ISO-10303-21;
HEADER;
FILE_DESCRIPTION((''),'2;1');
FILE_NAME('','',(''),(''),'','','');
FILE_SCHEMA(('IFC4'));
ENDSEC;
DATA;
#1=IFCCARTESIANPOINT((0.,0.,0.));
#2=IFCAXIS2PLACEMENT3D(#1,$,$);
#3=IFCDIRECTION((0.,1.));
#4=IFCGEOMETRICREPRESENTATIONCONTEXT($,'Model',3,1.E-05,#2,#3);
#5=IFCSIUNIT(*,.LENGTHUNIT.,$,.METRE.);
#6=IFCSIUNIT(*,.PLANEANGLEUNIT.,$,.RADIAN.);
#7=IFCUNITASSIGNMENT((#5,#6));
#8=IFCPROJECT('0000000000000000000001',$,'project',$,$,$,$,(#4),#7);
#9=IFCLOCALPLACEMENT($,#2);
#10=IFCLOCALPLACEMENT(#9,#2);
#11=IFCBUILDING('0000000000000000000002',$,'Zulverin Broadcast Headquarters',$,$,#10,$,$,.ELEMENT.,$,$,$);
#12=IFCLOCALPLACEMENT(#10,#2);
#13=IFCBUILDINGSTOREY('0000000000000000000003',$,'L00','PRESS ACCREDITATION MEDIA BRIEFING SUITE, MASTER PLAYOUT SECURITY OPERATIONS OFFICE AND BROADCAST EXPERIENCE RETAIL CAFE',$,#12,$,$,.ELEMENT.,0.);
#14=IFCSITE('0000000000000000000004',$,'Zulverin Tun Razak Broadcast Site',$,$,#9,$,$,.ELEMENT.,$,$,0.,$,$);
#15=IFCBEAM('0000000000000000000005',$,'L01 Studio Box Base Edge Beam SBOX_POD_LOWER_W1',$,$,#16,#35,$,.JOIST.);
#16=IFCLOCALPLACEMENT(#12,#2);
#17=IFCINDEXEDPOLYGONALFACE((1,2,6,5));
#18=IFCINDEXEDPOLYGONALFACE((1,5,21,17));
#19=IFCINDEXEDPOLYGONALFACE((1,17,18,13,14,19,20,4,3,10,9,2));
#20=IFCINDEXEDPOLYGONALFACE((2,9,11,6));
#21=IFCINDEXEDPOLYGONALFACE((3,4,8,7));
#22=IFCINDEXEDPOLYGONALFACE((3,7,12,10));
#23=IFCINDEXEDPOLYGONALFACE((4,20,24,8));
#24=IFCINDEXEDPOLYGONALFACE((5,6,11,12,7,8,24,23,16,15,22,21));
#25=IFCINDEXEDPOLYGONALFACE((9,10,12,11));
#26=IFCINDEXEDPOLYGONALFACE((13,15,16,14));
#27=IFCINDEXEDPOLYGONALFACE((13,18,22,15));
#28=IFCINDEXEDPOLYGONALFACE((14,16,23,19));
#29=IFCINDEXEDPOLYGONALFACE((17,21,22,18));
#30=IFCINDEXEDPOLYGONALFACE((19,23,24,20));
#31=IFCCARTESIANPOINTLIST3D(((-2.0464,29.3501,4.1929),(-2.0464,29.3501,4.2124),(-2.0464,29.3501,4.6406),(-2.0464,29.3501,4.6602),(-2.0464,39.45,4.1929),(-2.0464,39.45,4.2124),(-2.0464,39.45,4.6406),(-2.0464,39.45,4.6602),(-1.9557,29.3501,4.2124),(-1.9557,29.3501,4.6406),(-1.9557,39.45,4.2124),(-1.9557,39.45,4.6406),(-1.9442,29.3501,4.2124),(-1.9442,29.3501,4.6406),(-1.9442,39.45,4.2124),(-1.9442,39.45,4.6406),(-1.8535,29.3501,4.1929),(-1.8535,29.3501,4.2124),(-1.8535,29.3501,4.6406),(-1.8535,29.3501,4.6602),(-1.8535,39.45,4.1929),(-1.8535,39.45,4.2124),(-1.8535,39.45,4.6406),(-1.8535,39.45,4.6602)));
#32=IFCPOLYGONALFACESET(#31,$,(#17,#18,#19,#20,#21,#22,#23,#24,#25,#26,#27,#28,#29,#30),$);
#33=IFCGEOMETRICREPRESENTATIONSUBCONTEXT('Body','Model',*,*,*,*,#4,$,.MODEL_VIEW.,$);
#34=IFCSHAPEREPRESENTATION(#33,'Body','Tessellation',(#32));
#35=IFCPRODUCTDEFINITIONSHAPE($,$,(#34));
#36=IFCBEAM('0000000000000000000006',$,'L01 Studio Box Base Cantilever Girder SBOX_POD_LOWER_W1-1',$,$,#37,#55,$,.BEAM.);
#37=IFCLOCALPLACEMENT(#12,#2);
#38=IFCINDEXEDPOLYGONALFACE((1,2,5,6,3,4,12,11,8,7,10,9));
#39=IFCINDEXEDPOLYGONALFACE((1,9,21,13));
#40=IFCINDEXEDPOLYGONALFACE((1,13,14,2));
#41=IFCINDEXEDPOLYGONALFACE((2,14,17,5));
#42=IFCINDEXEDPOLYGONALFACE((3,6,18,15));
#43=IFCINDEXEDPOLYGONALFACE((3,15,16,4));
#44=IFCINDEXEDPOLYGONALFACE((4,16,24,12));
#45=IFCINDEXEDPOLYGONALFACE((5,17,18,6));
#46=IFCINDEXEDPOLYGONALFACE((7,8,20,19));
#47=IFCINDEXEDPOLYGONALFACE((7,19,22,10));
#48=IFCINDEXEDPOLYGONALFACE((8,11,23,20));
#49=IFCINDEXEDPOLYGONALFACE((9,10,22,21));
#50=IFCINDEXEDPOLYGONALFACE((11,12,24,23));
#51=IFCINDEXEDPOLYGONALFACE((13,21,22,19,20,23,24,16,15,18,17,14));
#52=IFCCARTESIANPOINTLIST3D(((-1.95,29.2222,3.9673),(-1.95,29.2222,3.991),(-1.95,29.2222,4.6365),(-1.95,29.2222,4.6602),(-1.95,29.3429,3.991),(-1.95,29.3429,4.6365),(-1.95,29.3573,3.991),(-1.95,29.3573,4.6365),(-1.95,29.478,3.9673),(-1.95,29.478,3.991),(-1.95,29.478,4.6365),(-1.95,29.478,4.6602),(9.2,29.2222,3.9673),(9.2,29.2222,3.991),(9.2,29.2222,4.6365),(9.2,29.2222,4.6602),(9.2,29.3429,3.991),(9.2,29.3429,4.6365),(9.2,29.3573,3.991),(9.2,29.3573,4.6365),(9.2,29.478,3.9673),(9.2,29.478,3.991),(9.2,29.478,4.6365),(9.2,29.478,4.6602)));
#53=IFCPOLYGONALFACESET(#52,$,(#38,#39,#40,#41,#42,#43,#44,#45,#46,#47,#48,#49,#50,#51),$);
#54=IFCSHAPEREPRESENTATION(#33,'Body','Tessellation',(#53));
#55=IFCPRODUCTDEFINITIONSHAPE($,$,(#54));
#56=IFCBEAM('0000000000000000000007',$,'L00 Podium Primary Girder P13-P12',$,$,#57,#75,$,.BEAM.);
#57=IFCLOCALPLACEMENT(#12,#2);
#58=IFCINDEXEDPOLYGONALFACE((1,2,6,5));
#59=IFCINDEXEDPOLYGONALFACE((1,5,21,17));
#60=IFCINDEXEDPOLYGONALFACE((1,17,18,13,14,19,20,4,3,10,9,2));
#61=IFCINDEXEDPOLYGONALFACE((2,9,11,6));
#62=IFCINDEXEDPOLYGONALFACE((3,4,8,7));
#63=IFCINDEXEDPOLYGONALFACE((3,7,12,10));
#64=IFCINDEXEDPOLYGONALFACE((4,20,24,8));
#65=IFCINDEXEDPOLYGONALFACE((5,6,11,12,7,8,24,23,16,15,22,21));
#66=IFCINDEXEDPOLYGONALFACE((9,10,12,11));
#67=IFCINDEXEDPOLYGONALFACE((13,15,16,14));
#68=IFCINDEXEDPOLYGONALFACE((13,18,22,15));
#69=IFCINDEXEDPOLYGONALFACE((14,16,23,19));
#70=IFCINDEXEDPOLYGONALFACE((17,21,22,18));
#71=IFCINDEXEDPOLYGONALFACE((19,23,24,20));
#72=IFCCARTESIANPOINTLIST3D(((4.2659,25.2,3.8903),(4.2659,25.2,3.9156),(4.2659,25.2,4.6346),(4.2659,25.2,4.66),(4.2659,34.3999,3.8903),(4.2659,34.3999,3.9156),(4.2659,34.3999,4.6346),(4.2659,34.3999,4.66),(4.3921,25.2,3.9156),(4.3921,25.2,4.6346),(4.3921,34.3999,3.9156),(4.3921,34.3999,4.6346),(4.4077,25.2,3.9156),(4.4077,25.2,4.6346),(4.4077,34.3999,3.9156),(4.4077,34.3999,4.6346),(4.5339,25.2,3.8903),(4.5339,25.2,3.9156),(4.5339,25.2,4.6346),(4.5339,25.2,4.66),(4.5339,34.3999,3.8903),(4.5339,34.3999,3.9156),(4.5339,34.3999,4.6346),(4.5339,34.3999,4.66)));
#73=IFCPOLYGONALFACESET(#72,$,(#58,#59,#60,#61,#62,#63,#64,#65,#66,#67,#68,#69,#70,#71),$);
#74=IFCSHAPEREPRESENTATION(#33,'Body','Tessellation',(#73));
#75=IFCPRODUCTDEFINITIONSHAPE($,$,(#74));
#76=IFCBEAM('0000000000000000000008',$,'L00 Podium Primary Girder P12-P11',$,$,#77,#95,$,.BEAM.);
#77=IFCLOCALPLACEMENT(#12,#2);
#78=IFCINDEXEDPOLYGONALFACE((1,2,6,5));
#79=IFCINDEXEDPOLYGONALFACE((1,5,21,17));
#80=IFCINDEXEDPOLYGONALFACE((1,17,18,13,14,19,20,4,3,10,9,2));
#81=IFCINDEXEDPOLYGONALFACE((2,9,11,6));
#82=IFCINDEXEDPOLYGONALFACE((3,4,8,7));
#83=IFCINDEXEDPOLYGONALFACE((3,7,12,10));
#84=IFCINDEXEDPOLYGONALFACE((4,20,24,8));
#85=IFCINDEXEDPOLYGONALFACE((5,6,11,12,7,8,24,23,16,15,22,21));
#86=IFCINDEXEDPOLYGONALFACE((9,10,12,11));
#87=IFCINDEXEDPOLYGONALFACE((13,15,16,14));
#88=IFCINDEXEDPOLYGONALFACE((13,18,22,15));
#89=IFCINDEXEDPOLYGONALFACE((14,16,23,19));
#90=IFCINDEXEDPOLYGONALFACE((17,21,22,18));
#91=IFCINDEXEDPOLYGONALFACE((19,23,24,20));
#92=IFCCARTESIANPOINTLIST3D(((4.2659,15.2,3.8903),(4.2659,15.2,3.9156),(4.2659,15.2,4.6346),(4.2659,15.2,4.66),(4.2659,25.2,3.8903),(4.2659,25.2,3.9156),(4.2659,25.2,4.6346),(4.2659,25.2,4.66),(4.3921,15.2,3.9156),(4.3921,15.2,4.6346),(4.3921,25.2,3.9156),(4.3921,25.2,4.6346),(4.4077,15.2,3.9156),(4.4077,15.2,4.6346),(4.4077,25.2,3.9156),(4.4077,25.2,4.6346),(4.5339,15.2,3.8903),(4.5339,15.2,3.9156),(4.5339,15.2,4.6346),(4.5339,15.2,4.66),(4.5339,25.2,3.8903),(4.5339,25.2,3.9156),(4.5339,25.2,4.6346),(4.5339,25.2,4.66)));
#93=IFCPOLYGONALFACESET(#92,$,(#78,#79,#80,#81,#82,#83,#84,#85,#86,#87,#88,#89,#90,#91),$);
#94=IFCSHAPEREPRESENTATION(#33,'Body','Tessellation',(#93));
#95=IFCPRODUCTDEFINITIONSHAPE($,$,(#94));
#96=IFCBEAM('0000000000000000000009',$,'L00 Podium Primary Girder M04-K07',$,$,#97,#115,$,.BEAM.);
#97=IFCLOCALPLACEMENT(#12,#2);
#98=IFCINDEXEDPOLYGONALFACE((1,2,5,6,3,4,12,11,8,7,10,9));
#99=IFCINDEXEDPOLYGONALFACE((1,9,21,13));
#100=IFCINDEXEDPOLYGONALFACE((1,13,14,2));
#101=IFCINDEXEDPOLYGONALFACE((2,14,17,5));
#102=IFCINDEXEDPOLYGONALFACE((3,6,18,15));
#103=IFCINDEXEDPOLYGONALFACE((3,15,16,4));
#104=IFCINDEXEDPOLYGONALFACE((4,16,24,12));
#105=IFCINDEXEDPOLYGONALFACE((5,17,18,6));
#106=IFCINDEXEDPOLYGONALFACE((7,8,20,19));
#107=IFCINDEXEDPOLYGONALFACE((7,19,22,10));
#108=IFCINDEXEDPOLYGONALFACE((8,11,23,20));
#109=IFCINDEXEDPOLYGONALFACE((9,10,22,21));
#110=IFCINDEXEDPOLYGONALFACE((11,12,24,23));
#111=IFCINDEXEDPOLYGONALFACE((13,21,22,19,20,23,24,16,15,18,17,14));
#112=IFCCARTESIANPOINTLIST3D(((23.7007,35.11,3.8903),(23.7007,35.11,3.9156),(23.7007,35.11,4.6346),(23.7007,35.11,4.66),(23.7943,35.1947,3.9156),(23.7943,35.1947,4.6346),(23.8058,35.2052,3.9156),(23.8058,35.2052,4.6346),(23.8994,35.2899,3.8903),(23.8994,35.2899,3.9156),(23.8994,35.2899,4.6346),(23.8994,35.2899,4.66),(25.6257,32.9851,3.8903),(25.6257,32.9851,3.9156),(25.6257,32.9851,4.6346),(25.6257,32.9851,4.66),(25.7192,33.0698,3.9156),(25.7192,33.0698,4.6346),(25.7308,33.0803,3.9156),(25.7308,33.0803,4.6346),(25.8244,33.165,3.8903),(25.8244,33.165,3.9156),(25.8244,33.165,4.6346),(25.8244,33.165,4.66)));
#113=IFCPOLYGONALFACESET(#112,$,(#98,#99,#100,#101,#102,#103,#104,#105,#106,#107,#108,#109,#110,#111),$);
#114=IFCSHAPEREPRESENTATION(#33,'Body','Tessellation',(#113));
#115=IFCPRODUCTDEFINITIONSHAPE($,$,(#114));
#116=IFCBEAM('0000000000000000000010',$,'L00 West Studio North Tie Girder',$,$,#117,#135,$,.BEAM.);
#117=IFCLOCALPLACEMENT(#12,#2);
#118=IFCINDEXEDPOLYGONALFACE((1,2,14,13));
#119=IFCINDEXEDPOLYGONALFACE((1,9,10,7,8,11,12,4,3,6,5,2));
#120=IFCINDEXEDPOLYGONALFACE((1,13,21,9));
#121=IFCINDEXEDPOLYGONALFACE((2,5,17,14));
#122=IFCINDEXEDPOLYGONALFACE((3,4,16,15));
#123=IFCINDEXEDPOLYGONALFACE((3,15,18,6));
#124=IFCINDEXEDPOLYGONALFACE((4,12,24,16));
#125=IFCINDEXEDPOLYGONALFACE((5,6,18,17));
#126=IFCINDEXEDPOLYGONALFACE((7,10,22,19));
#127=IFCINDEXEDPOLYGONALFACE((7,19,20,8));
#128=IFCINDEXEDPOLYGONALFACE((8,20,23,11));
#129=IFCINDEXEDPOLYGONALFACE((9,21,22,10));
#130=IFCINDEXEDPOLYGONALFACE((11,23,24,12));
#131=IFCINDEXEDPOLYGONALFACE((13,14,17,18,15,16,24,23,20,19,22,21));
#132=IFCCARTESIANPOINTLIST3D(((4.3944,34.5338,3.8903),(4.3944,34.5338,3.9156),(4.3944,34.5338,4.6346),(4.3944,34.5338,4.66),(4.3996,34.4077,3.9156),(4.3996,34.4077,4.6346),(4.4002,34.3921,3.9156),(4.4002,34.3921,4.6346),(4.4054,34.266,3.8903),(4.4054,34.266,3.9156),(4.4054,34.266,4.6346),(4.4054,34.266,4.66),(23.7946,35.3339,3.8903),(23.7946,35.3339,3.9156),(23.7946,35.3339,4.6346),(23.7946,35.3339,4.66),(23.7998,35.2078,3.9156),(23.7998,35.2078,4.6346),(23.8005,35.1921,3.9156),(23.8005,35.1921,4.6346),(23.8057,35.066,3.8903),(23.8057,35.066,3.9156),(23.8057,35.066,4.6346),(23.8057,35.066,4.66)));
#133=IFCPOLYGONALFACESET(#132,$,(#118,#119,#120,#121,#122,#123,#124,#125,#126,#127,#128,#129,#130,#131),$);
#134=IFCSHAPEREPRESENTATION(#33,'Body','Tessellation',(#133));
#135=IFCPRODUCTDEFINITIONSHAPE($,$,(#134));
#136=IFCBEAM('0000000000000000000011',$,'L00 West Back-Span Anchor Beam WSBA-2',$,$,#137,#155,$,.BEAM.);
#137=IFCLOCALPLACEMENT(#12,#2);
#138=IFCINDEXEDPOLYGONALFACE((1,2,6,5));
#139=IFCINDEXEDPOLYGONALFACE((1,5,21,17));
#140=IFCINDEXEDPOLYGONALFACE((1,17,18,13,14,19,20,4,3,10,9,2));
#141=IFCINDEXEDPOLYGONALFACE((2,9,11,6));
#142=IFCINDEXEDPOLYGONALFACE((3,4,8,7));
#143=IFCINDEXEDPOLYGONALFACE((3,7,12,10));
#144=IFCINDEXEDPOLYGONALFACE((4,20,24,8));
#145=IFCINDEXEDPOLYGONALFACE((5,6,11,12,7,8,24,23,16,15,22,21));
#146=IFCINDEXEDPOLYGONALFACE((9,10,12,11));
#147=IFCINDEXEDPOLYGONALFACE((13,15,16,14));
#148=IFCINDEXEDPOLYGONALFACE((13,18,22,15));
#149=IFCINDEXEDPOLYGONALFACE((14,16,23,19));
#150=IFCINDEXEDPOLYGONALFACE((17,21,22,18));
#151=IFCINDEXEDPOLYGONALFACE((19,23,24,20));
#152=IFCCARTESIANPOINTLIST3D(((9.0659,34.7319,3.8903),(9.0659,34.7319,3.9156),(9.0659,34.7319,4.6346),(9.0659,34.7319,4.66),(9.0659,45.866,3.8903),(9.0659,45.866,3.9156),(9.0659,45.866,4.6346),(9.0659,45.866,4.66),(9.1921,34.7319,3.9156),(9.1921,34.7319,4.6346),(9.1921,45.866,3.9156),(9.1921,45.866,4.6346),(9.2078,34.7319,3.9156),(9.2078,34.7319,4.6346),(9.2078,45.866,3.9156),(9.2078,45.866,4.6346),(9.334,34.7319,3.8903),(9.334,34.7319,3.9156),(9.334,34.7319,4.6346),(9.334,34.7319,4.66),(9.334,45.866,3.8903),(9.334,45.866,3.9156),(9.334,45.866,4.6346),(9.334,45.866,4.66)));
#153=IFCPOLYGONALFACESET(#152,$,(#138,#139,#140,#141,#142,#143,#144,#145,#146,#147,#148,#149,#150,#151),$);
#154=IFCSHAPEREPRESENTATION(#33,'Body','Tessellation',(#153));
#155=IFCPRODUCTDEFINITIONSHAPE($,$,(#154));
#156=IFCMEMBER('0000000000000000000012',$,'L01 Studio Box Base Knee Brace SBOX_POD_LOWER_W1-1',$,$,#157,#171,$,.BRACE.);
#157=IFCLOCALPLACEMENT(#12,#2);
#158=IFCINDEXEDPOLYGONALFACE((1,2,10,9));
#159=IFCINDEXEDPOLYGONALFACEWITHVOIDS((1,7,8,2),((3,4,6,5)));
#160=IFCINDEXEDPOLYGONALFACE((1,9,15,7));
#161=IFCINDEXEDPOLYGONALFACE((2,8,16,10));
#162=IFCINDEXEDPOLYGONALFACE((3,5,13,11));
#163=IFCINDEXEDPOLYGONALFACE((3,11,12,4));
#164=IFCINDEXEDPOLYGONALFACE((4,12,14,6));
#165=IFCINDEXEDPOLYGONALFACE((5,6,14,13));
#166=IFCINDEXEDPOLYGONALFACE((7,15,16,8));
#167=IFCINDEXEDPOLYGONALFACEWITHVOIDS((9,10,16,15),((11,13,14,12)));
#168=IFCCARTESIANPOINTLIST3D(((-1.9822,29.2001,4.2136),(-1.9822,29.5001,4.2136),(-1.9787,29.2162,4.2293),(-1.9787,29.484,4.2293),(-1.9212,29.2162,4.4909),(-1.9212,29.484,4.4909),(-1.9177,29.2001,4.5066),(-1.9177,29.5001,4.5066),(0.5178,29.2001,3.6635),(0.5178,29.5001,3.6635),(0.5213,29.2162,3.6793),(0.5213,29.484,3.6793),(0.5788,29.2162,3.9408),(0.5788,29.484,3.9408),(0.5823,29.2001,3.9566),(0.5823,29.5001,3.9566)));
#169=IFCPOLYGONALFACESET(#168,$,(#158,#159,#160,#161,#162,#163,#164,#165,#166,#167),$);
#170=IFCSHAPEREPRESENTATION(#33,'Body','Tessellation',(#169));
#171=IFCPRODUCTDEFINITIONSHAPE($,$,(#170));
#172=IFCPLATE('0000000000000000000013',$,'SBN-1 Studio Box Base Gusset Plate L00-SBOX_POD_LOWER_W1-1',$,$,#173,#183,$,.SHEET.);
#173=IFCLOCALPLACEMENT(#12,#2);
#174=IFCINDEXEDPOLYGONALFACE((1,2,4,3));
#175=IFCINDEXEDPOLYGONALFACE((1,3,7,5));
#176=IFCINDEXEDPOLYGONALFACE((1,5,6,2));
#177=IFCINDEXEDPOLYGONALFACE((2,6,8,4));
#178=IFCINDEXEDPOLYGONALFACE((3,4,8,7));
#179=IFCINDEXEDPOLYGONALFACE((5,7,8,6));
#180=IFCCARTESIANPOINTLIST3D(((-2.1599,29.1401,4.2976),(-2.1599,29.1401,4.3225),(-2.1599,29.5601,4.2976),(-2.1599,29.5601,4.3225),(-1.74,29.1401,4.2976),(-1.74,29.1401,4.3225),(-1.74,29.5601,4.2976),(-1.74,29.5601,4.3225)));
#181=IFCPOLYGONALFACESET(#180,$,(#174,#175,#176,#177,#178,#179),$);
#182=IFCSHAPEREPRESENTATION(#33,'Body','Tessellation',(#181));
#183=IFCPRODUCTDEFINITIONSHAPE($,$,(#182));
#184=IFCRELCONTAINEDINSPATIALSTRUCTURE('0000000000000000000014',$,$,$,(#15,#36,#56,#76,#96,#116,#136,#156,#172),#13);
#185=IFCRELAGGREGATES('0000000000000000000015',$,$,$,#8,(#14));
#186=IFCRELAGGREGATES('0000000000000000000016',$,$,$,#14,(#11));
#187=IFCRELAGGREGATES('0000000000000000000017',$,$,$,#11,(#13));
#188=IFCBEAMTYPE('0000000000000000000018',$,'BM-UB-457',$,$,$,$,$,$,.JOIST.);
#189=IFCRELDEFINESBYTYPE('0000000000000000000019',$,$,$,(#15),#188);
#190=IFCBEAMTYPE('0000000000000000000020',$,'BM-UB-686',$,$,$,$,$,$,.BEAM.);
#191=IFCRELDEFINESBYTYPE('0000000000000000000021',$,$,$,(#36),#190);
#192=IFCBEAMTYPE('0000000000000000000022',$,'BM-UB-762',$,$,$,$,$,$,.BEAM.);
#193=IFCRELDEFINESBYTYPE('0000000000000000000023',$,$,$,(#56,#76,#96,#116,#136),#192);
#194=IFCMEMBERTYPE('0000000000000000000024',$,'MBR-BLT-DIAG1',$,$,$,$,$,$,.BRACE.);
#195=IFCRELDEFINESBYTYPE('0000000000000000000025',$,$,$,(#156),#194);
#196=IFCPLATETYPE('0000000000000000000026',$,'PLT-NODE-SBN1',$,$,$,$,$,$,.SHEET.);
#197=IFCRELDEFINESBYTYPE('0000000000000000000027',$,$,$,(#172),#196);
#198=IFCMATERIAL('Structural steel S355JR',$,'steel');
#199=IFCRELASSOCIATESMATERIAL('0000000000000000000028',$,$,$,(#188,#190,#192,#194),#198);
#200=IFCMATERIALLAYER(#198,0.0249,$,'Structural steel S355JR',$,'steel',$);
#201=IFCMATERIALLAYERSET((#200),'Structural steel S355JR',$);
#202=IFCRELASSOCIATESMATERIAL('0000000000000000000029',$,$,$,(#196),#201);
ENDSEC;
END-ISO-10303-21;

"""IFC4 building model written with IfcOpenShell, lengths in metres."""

from ifc_helpers import new_model, si_unit, direction, frame, origin, origin_2d, place, context, subcontext, project, spatial, rectangle, hollow_rectangle, i_section, extrude, material, layer, layer_set, material_profile, profile_set, type_object, element, save


model = new_model("IFC4")

# Units and contexts
model_context = context("Model", 3, precision=1e-05, world=origin(), true_north=direction((0.0, 1.0)))
body_context = subcontext(model_context, "Body", "Model", "MODEL_VIEW")
ifc_project = project(units=[si_unit("LENGTHUNIT", "METRE"), si_unit("PLANEANGLEUNIT", "RADIAN")], contexts=[model_context])

# Site, building, storey
site_placement = place(None, origin())
site = spatial("IfcSite", under=ifc_project, at=site_placement, Name="Zulverin Tun Razak Broadcast Site", CompositionType="ELEMENT", RefElevation=0.0)
building_placement = place(site_placement, origin())
building = spatial("IfcBuilding", under=site, at=building_placement, Name="Zulverin Broadcast Headquarters", CompositionType="ELEMENT")
storey_placement = place(building_placement, origin())
storey = spatial("IfcBuildingStorey", under=building, at=storey_placement, Name="L00", Description="PRESS ACCREDITATION MEDIA BRIEFING SUITE, MASTER PLAYOUT SECURITY OPERATIONS OFFICE AND BROADCAST EXPERIENCE RETAIL CAFE", CompositionType="ELEMENT", Elevation=0.0)

# Beams
ifc_material_1 = material(Name="Structural steel S355JR", Category="steel")
ifc_material_profile_1 = material_profile(ifc_material_1, i_section(OverallWidth=0.1929, OverallDepth=0.4673, WebThickness=0.0115, FlangeThickness=0.0195, at=origin_2d()), Name="Structural steel S355JR", Category="steel")
ifc_profile_set_1 = profile_set([ifc_material_profile_1], Name="Structural steel S355JR")
beam_type_1 = type_object("IfcBeamType", Name="BM-UB-457", PredefinedType="JOIST", material=ifc_profile_set_1)
beam_1_placement = place(storey_placement, frame((-1.95, 29.3501, 4.4265), z_axis=(0.0, 1.0, 0.0), x_axis=(-1.0, 0.0, 0.0)))
element("IfcBeam", 1, at=beam_1_placement, inside=storey, type_object=beam_type_1, Name="L01 Studio Box Base Edge Beam SBOX_POD_LOWER_W1", PredefinedType="JOIST", context=body_context, shape_type="SweptSolid", body=[
    extrude(i_section(OverallWidth=0.1929, OverallDepth=0.4673, WebThickness=0.0115, FlangeThickness=0.0195, at=origin_2d()), origin(), (0.0, 0.0, 1.0), 10.0999),
])
ifc_material_profile_2 = material_profile(ifc_material_1, i_section(OverallWidth=0.2559, OverallDepth=0.6929, WebThickness=0.0144, FlangeThickness=0.0237, at=origin_2d()), Name="Structural steel S355JR", Category="steel")
ifc_profile_set_2 = profile_set([ifc_material_profile_2], Name="Structural steel S355JR")
beam_type_2 = type_object("IfcBeamType", Name="BM-UB-686", PredefinedType="BEAM", material=ifc_profile_set_2)
beam_2_placement = place(storey_placement, frame((9.2, 29.3501, 4.3137), z_axis=(-1.0, 0.0, 0.0), x_axis=(0.0, -1.0, 0.0)))
element("IfcBeam", 2, at=beam_2_placement, inside=storey, type_object=beam_type_2, Name="L01 Studio Box Base Cantilever Girder SBOX_POD_LOWER_W1-1", PredefinedType="BEAM", context=body_context, shape_type="SweptSolid", body=[
    extrude(i_section(OverallWidth=0.2559, OverallDepth=0.6929, WebThickness=0.0144, FlangeThickness=0.0237, at=origin_2d()), origin(), (0.0, 0.0, 1.0), 11.1499),
])
ifc_material_profile_3 = material_profile(ifc_material_1, i_section(OverallWidth=0.2681, OverallDepth=0.7698, WebThickness=0.0156, FlangeThickness=0.0254, at=origin_2d()), Name="Structural steel S355JR", Category="steel")
ifc_profile_set_3 = profile_set([ifc_material_profile_3], Name="Structural steel S355JR")
beam_type_3 = type_object("IfcBeamType", Name="BM-UB-762", PredefinedType="BEAM", material=ifc_profile_set_3)
beam_3_placement = place(storey_placement, frame((4.3999, 34.3999, 4.2751), z_axis=(0.0, -1.0, 0.0), x_axis=(1.0, 0.0, 0.0)))
element("IfcBeam", 3, at=beam_3_placement, inside=storey, type_object=beam_type_3, Name="L00 Podium Primary Girder P13-P12", PredefinedType="BEAM", context=body_context, shape_type="SweptSolid", body=[
    extrude(i_section(OverallWidth=0.2681, OverallDepth=0.7698, WebThickness=0.0156, FlangeThickness=0.0254, at=origin_2d()), origin(), (0.0, 0.0, 1.0), 9.2),
])
beam_4_placement = place(storey_placement, frame((4.3999, 25.2, 4.2751), z_axis=(0.0, -1.0, 0.0), x_axis=(1.0, 0.0, 0.0)))
element("IfcBeam", 4, at=beam_4_placement, inside=storey, type_object=beam_type_3, Name="L00 Podium Primary Girder P12-P11", PredefinedType="BEAM", context=body_context, shape_type="SweptSolid", body=[
    extrude(i_section(OverallWidth=0.2681, OverallDepth=0.7698, WebThickness=0.0156, FlangeThickness=0.0254, at=origin_2d()), origin(), (0.0, 0.0, 1.0), 10.0),
])
beam_5_placement = place(storey_placement, frame((23.8, 35.2, 4.2751), z_axis=(0.671379, -0.741114, 0.0), x_axis=(0.741114, 0.671379, 0.0)))
element("IfcBeam", 5, at=beam_5_placement, inside=storey, type_object=beam_type_3, Name="L00 Podium Primary Girder M04-K07", PredefinedType="BEAM", context=body_context, shape_type="SweptSolid", body=[
    extrude(i_section(OverallWidth=0.2681, OverallDepth=0.7698, WebThickness=0.0156, FlangeThickness=0.0254, at=origin_2d()), origin(), (0.0, 0.0, 1.0), 2.8672),
])
beam_6_placement = place(storey_placement, frame((4.3999, 34.3999, 4.2751), z_axis=(0.999151, 0.041204, 0.0), x_axis=(-0.041204, 0.999151, 0.0)))
element("IfcBeam", 6, at=beam_6_placement, inside=storey, type_object=beam_type_3, Name="L00 West Studio North Tie Girder", PredefinedType="BEAM", context=body_context, shape_type="SweptSolid", body=[
    extrude(i_section(OverallWidth=0.2681, OverallDepth=0.7698, WebThickness=0.0156, FlangeThickness=0.0254, at=origin_2d()), origin(), (0.0, 0.0, 1.0), 19.4167),
])
beam_7_placement = place(storey_placement, frame((9.2, 34.7319, 4.2751), z_axis=(0.0, 1.0, 0.0), x_axis=(-1.0, 0.0, 0.0)))
element("IfcBeam", 7, at=beam_7_placement, inside=storey, type_object=beam_type_3, Name="L00 West Back-Span Anchor Beam WSBA-2", PredefinedType="BEAM", context=body_context, shape_type="SweptSolid", body=[
    extrude(i_section(OverallWidth=0.2681, OverallDepth=0.7698, WebThickness=0.0156, FlangeThickness=0.0254, at=origin_2d()), origin(), (0.0, 0.0, 1.0), 11.134),
])

# Member
ifc_material_profile_4 = material_profile(ifc_material_1, hollow_rectangle(XDim=0.3, YDim=0.3, WallThickness=0.0161, at=origin_2d()), Name="Structural steel S355JR", Category="steel")
ifc_profile_set_4 = profile_set([ifc_material_profile_4], Name="Structural steel S355JR")
member_type = type_object("IfcMemberType", Name="MBR-BLT-DIAG1", PredefinedType="BRACE", material=ifc_profile_set_4)
member_placement = place(storey_placement, frame((0.55, 29.3501, 3.8101), z_axis=(-0.97664, 0.0, 0.21488), x_axis=(0.0, -1.0, 0.0)))
element("IfcMember", 8, at=member_placement, inside=storey, type_object=member_type, Name="L01 Studio Box Base Knee Brace SBOX_POD_LOWER_W1-1", PredefinedType="BRACE", context=body_context, shape_type="SweptSolid", body=[
    extrude(hollow_rectangle(XDim=0.3, YDim=0.3, WallThickness=0.0161, at=origin_2d()), origin(), (0.0, 0.0, 1.0), 2.5598),
])

# Plate
ifc_layer_1 = layer(ifc_material_1, 0.0249, Name="Structural steel S355JR", Category="steel")
ifc_layer_set_1 = layer_set([ifc_layer_1], Name="Structural steel S355JR")
plate_type = type_object("IfcPlateType", Name="PLT-NODE-SBN1", PredefinedType="SHEET", material=ifc_layer_set_1)
plate_placement = place(storey_placement, frame((-1.95, 29.3501, 4.2976), z_axis=(0.0, 0.0, 1.0), x_axis=(1.0, 0.0, 0.0)))
element("IfcPlate", 9, at=plate_placement, inside=storey, type_object=plate_type, Name="SBN-1 Studio Box Base Gusset Plate L00-SBOX_POD_LOWER_W1-1", PredefinedType="SHEET", context=body_context, shape_type="SweptSolid", body=[
    extrude(rectangle(XDim=0.4199, YDim=0.4199, at=origin_2d()), origin(), (0.0, 0.0, 1.0), 0.0249),
])

save(model, "model.ifc")
